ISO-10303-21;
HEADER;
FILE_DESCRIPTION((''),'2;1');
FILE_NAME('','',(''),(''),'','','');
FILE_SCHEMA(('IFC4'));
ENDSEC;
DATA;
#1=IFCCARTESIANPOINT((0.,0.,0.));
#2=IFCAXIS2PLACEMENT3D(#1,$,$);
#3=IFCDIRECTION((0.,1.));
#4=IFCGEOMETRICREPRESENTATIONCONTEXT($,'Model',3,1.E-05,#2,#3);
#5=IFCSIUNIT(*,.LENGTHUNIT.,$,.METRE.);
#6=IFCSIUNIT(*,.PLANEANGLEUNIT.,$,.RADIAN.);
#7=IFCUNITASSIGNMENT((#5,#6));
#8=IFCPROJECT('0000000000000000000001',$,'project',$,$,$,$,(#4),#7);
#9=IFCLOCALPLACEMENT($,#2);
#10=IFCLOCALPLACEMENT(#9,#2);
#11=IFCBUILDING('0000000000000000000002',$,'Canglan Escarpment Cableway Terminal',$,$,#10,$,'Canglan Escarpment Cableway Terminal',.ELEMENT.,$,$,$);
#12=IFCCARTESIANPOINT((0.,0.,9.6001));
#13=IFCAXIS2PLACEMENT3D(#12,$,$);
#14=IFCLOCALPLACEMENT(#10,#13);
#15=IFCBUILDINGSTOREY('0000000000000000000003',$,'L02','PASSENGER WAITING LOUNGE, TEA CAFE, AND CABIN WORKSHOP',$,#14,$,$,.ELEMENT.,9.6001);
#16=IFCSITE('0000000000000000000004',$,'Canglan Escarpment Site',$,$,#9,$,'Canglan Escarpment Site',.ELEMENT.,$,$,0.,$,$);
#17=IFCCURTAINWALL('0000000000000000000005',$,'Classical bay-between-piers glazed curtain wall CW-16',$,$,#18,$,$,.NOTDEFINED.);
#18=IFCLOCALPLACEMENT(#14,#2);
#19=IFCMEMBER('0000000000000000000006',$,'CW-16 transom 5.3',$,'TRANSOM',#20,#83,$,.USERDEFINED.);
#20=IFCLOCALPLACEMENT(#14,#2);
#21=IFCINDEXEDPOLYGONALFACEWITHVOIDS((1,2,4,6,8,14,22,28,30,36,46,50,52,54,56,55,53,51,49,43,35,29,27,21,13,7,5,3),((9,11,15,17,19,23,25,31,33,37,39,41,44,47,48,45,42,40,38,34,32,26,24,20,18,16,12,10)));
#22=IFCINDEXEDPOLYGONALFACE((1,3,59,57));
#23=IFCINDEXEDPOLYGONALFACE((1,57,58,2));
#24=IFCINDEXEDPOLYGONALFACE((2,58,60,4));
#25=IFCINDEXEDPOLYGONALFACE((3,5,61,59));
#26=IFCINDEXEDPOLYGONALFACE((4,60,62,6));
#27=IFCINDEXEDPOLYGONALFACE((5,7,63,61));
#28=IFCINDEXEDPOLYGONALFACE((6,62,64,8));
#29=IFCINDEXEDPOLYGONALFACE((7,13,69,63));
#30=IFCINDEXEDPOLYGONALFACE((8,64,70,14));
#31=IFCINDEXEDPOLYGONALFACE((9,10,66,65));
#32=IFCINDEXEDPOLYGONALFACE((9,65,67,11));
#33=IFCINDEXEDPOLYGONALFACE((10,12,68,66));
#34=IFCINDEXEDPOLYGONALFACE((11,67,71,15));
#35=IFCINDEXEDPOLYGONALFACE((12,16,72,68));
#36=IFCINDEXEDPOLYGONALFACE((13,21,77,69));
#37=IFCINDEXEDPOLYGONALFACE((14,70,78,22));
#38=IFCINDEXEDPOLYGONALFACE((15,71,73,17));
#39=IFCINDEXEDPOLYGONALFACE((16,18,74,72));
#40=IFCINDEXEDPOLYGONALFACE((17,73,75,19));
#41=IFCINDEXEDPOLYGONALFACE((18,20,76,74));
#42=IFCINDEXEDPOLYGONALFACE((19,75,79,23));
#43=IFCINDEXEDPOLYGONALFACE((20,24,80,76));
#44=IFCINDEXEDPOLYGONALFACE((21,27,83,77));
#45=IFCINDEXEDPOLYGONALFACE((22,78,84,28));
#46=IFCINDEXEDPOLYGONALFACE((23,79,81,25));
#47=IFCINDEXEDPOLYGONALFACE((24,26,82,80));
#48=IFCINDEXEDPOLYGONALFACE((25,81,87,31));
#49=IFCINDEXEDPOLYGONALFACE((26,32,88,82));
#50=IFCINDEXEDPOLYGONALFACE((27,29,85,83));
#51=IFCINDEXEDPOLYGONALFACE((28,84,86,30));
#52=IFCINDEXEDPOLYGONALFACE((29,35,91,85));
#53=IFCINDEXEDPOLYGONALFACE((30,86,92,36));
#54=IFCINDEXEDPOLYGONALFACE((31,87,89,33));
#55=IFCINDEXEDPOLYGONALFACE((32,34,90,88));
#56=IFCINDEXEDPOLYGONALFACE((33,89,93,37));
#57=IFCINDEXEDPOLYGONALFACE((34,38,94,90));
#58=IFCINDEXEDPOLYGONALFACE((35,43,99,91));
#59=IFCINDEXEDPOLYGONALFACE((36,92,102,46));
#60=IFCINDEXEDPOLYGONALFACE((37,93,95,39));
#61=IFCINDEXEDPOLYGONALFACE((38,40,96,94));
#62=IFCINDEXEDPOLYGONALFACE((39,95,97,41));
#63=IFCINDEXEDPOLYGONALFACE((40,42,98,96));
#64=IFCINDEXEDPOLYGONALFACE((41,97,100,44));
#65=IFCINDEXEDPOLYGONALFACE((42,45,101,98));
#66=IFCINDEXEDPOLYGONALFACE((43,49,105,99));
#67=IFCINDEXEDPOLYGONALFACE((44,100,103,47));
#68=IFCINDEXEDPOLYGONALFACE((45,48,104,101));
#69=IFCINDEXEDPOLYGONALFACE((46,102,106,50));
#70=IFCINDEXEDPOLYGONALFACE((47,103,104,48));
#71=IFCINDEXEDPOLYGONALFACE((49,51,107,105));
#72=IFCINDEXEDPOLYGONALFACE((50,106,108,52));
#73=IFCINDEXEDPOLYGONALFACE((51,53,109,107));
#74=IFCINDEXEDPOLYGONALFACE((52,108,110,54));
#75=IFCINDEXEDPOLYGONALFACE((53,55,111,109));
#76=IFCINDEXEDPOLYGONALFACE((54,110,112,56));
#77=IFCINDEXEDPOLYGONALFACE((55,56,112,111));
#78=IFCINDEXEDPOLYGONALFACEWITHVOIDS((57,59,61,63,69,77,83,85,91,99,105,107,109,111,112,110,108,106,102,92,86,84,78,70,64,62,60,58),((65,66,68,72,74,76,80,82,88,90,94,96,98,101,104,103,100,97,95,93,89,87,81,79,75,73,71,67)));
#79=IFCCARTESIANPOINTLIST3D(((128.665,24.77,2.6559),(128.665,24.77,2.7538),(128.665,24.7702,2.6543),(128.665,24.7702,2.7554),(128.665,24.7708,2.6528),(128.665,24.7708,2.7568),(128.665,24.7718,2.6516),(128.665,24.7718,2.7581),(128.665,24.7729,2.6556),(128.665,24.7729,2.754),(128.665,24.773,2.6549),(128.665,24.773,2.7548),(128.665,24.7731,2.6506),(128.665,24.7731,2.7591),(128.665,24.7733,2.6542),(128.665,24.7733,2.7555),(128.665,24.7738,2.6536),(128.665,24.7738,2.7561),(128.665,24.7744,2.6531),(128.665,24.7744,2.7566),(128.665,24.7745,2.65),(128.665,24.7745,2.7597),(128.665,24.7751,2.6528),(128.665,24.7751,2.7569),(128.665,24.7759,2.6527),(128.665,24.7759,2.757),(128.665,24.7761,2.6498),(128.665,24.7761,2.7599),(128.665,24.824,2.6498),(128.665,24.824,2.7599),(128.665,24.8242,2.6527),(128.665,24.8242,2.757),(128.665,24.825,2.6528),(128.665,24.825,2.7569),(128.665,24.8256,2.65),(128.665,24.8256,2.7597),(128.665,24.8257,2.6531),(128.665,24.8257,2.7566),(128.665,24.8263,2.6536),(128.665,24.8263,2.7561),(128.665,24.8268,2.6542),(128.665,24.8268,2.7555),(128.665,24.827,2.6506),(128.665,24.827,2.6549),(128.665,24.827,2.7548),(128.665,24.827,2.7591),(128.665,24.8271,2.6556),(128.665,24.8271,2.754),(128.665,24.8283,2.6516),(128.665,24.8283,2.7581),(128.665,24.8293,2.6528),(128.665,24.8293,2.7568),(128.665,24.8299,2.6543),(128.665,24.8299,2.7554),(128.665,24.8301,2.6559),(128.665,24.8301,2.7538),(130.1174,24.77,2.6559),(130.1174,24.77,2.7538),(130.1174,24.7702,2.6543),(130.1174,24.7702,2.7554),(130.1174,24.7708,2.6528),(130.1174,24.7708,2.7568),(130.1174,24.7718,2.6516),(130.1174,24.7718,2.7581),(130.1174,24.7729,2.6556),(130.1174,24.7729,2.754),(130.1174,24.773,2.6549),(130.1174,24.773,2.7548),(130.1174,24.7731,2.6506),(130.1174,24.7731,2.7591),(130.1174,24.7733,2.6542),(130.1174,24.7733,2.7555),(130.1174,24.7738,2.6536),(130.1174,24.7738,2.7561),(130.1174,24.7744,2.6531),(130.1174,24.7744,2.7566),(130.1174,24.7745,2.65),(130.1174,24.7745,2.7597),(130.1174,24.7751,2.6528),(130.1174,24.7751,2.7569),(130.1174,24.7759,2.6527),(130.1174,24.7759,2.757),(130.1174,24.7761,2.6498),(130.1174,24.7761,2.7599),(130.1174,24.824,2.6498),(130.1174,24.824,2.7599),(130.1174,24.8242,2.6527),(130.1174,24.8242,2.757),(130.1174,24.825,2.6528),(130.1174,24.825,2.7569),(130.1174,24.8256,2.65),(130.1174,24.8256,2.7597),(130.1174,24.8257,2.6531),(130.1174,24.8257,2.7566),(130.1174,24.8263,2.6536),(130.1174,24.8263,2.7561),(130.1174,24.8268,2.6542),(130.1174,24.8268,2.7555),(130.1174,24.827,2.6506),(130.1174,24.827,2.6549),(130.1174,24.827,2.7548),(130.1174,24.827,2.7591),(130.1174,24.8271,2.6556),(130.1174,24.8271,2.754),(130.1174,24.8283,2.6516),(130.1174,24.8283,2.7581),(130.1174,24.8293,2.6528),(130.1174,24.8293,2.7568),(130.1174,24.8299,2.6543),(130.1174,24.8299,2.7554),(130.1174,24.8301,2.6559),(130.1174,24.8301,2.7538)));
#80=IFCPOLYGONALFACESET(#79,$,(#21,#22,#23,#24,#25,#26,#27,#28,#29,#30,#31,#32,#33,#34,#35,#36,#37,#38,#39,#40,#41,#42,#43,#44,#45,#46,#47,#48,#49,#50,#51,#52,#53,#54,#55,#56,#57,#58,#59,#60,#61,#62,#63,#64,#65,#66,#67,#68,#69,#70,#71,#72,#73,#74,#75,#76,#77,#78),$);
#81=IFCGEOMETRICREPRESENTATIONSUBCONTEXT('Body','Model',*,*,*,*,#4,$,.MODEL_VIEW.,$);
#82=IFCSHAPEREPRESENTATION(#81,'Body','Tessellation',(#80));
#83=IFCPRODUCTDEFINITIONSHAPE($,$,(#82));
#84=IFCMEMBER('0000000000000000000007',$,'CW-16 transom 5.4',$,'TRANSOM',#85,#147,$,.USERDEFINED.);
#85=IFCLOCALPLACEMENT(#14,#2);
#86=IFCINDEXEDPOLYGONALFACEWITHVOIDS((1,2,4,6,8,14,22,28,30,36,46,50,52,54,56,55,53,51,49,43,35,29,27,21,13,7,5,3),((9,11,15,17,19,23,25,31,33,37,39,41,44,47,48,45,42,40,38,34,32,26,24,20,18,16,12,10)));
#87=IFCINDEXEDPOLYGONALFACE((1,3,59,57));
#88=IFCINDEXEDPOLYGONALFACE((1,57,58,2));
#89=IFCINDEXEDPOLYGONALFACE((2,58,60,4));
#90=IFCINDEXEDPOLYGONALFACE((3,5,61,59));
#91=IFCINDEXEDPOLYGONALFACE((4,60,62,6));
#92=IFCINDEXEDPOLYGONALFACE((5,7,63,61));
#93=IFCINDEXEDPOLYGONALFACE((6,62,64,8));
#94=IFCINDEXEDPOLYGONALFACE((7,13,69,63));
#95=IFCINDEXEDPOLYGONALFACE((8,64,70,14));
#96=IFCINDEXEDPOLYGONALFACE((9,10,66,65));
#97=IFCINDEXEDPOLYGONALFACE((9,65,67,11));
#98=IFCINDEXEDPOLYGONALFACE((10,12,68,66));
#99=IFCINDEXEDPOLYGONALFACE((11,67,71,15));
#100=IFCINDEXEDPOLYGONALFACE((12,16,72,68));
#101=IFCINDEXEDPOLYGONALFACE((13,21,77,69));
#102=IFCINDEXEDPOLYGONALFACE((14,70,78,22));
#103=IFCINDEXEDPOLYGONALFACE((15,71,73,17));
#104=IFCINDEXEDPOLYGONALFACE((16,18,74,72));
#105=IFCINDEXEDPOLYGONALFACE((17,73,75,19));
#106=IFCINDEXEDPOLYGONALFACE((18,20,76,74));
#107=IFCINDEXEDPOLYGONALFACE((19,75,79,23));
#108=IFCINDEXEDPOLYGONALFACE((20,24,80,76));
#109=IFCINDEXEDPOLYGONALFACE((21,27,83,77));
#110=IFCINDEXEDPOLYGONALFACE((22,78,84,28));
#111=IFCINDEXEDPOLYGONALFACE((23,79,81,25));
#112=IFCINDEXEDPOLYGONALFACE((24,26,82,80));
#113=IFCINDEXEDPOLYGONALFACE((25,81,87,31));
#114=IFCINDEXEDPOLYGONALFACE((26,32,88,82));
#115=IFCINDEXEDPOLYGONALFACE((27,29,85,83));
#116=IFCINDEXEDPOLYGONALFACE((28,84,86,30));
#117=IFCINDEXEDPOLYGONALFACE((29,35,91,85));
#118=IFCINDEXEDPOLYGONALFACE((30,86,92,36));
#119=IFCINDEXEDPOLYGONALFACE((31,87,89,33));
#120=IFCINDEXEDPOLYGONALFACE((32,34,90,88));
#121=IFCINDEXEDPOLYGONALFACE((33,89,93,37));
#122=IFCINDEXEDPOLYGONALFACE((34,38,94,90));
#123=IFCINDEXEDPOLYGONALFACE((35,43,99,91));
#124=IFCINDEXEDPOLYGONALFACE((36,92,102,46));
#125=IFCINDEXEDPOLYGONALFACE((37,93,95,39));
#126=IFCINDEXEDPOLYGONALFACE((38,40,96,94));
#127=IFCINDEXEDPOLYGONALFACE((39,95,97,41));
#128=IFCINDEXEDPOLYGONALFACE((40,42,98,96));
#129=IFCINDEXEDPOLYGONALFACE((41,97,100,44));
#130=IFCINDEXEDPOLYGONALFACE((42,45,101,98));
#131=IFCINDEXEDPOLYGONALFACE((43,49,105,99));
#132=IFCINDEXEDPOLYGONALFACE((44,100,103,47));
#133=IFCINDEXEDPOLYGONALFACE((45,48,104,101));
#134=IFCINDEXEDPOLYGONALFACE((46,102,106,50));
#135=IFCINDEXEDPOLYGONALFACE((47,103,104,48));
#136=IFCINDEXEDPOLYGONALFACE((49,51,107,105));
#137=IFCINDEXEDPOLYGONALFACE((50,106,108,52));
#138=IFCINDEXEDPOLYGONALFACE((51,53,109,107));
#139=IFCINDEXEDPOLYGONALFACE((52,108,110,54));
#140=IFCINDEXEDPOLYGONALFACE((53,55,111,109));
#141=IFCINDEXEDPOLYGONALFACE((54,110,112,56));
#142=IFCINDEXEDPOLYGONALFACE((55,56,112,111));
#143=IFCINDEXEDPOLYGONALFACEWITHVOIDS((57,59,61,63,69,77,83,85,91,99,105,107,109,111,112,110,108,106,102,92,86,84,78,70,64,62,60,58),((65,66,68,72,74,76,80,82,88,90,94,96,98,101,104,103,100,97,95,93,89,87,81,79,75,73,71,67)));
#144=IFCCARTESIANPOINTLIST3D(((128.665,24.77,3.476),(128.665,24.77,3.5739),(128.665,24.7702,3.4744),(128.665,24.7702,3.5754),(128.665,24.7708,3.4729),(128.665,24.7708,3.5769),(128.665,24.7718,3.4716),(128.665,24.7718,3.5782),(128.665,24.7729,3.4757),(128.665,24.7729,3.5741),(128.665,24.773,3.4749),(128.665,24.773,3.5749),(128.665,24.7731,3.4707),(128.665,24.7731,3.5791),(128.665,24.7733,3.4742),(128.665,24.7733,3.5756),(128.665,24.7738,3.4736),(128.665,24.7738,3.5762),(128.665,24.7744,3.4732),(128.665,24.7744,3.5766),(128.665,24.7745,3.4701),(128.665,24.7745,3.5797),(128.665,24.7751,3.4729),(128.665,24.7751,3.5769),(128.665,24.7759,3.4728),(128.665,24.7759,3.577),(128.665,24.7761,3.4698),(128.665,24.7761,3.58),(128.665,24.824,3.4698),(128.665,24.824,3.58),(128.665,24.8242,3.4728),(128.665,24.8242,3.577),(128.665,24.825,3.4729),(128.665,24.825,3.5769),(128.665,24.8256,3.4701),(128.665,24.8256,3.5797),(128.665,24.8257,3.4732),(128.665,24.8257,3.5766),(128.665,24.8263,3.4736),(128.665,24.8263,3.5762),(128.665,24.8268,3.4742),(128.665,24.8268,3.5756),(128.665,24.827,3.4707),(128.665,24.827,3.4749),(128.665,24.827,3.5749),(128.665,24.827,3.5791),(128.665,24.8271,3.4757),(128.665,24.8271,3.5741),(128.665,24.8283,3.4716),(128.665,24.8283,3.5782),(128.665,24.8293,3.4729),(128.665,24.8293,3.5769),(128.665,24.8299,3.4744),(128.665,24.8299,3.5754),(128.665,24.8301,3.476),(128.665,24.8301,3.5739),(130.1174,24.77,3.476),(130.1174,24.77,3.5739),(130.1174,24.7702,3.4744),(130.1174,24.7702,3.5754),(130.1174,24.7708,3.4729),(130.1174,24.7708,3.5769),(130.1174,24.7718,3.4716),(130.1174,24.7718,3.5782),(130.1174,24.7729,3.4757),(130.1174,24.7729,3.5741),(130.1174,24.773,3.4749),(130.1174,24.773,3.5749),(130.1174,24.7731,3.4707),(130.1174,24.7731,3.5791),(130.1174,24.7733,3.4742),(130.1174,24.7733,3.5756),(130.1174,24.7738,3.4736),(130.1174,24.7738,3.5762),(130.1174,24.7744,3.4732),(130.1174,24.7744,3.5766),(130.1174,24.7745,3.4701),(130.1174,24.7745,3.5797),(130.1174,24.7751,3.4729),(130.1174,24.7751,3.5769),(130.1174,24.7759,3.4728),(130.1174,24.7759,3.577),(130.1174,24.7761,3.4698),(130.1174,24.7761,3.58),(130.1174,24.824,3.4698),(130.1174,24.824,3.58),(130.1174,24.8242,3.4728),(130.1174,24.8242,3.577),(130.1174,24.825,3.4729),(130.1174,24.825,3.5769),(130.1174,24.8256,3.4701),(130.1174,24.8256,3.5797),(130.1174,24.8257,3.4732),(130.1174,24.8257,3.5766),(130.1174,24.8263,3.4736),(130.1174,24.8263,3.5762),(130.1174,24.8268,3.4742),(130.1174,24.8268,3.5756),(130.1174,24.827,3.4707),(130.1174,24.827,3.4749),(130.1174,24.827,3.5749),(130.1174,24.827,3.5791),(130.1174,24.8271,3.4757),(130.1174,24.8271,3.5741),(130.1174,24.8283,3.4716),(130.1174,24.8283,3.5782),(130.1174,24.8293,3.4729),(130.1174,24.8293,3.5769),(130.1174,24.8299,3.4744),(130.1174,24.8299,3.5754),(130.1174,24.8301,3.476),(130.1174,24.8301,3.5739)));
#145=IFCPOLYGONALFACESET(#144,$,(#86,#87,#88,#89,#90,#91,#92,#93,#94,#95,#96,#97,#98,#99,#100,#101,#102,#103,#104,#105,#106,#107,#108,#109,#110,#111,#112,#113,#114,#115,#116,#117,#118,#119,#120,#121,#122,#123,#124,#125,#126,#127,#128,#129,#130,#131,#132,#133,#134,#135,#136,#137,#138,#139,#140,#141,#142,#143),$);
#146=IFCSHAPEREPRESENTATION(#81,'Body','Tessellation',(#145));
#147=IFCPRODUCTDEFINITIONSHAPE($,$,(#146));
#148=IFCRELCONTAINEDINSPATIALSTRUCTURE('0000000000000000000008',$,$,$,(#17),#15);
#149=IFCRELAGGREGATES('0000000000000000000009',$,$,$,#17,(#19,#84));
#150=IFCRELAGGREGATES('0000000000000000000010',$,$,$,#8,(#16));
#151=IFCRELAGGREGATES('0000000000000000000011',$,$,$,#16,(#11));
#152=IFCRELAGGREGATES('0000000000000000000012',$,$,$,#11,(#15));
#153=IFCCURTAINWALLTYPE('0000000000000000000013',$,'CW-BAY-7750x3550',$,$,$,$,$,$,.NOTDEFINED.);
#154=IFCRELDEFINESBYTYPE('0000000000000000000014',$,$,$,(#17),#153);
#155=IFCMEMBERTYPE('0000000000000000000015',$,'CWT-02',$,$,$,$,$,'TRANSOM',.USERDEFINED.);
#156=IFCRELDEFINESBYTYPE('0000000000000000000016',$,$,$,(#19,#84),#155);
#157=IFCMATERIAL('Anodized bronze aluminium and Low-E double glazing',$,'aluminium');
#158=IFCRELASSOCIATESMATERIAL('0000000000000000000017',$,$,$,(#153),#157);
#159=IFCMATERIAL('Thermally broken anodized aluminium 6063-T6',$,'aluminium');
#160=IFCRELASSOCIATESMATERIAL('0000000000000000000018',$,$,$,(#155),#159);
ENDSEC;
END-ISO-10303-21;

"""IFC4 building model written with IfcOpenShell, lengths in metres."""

from ifc_helpers import new_model, si_unit, direction, frame, origin, origin_2d, place, context, subcontext, project, spatial, hollow_rectangle, extrude, material, material_profile, profile_set, type_object, element, aggregate, save


model = new_model("IFC4")

# Units and contexts
model_context = context("Model", 3, precision=1e-05, world=origin(), true_north=direction((0.0, 1.0)))
body_context = subcontext(model_context, "Body", "Model", "MODEL_VIEW")
ifc_project = project(units=[si_unit("LENGTHUNIT", "METRE"), si_unit("PLANEANGLEUNIT", "RADIAN")], contexts=[model_context])

# Site, building, storey
site_placement = place(None, origin())
site = spatial("IfcSite", under=ifc_project, at=site_placement, Name="Canglan Escarpment Site", LongName="Canglan Escarpment Site", CompositionType="ELEMENT", RefElevation=0.0)
building_placement = place(site_placement, origin())
building = spatial("IfcBuilding", under=site, at=building_placement, Name="Canglan Escarpment Cableway Terminal", LongName="Canglan Escarpment Cableway Terminal", CompositionType="ELEMENT")
storey_placement = place(building_placement, frame((0.0, 0.0, 9.6001)))
storey = spatial("IfcBuildingStorey", under=building, at=storey_placement, Name="L02", Description="PASSENGER WAITING LOUNGE, TEA CAFE, AND CABIN WORKSHOP", CompositionType="ELEMENT", Elevation=9.6001)

# Curtain wall
ifc_material_1 = material(Name="Anodized bronze aluminium and Low-E double glazing", Category="aluminium")
curtain_wall_type_1 = type_object("IfcCurtainWallType", Name="CW-BAY-7750x3550", PredefinedType="NOTDEFINED", material=ifc_material_1)
curtain_wall_1_placement = place(storey_placement, origin())
curtain_wall_1 = element("IfcCurtainWall", 1, at=curtain_wall_1_placement, inside=storey, type_object=curtain_wall_type_1, Name="Classical bay-between-piers glazed curtain wall CW-16", PredefinedType="NOTDEFINED")
ifc_material_2 = material(Name="Thermally broken anodized aluminium 6063-T6", Category="aluminium")

# Members
ifc_material_profile_1 = material_profile(ifc_material_2, hollow_rectangle(XDim=0.0601, YDim=0.1101, WallThickness=0.0029, InnerFilletRadius=0.0029, OuterFilletRadius=0.0061, at=origin_2d()), Name="ALU-TRAN 60x110x3")
ifc_profile_set_1 = profile_set([ifc_material_profile_1], Name="Thermally broken anodized aluminium 6063-T6")
member_type_1 = type_object("IfcMemberType", Name="CWT-02", ElementType="TRANSOM", PredefinedType="USERDEFINED", material=ifc_profile_set_1)
member_1_placement = place(storey_placement, frame((130.1174, 24.8, 2.7048), z_axis=(-1.0, 0.0, 0.0), x_axis=(0.0, -1.0, 0.0)))
member_1 = element("IfcMember", 2, at=member_1_placement, type_object=member_type_1, Name="CW-16 transom 5.3", ObjectType="TRANSOM", PredefinedType="USERDEFINED", context=body_context, shape_type="SweptSolid", body=[
    extrude(hollow_rectangle(XDim=0.0601, YDim=0.1101, WallThickness=0.0029, InnerFilletRadius=0.0029, OuterFilletRadius=0.0061, at=origin_2d()), origin(), (0.0, 0.0, 1.0), 1.4524),
])
member_2_placement = place(storey_placement, frame((130.1174, 24.8, 3.5249), z_axis=(-1.0, 0.0, 0.0), x_axis=(0.0, -1.0, 0.0)))
member_2 = element("IfcMember", 3, at=member_2_placement, type_object=member_type_1, Name="CW-16 transom 5.4", ObjectType="TRANSOM", PredefinedType="USERDEFINED", context=body_context, shape_type="SweptSolid", body=[
    extrude(hollow_rectangle(XDim=0.0601, YDim=0.1101, WallThickness=0.0029, InnerFilletRadius=0.0029, OuterFilletRadius=0.0061, at=origin_2d()), origin(), (0.0, 0.0, 1.0), 1.4524),
])

aggregate(curtain_wall_1, [member_1, member_2])

save(model, "model.ifc")
